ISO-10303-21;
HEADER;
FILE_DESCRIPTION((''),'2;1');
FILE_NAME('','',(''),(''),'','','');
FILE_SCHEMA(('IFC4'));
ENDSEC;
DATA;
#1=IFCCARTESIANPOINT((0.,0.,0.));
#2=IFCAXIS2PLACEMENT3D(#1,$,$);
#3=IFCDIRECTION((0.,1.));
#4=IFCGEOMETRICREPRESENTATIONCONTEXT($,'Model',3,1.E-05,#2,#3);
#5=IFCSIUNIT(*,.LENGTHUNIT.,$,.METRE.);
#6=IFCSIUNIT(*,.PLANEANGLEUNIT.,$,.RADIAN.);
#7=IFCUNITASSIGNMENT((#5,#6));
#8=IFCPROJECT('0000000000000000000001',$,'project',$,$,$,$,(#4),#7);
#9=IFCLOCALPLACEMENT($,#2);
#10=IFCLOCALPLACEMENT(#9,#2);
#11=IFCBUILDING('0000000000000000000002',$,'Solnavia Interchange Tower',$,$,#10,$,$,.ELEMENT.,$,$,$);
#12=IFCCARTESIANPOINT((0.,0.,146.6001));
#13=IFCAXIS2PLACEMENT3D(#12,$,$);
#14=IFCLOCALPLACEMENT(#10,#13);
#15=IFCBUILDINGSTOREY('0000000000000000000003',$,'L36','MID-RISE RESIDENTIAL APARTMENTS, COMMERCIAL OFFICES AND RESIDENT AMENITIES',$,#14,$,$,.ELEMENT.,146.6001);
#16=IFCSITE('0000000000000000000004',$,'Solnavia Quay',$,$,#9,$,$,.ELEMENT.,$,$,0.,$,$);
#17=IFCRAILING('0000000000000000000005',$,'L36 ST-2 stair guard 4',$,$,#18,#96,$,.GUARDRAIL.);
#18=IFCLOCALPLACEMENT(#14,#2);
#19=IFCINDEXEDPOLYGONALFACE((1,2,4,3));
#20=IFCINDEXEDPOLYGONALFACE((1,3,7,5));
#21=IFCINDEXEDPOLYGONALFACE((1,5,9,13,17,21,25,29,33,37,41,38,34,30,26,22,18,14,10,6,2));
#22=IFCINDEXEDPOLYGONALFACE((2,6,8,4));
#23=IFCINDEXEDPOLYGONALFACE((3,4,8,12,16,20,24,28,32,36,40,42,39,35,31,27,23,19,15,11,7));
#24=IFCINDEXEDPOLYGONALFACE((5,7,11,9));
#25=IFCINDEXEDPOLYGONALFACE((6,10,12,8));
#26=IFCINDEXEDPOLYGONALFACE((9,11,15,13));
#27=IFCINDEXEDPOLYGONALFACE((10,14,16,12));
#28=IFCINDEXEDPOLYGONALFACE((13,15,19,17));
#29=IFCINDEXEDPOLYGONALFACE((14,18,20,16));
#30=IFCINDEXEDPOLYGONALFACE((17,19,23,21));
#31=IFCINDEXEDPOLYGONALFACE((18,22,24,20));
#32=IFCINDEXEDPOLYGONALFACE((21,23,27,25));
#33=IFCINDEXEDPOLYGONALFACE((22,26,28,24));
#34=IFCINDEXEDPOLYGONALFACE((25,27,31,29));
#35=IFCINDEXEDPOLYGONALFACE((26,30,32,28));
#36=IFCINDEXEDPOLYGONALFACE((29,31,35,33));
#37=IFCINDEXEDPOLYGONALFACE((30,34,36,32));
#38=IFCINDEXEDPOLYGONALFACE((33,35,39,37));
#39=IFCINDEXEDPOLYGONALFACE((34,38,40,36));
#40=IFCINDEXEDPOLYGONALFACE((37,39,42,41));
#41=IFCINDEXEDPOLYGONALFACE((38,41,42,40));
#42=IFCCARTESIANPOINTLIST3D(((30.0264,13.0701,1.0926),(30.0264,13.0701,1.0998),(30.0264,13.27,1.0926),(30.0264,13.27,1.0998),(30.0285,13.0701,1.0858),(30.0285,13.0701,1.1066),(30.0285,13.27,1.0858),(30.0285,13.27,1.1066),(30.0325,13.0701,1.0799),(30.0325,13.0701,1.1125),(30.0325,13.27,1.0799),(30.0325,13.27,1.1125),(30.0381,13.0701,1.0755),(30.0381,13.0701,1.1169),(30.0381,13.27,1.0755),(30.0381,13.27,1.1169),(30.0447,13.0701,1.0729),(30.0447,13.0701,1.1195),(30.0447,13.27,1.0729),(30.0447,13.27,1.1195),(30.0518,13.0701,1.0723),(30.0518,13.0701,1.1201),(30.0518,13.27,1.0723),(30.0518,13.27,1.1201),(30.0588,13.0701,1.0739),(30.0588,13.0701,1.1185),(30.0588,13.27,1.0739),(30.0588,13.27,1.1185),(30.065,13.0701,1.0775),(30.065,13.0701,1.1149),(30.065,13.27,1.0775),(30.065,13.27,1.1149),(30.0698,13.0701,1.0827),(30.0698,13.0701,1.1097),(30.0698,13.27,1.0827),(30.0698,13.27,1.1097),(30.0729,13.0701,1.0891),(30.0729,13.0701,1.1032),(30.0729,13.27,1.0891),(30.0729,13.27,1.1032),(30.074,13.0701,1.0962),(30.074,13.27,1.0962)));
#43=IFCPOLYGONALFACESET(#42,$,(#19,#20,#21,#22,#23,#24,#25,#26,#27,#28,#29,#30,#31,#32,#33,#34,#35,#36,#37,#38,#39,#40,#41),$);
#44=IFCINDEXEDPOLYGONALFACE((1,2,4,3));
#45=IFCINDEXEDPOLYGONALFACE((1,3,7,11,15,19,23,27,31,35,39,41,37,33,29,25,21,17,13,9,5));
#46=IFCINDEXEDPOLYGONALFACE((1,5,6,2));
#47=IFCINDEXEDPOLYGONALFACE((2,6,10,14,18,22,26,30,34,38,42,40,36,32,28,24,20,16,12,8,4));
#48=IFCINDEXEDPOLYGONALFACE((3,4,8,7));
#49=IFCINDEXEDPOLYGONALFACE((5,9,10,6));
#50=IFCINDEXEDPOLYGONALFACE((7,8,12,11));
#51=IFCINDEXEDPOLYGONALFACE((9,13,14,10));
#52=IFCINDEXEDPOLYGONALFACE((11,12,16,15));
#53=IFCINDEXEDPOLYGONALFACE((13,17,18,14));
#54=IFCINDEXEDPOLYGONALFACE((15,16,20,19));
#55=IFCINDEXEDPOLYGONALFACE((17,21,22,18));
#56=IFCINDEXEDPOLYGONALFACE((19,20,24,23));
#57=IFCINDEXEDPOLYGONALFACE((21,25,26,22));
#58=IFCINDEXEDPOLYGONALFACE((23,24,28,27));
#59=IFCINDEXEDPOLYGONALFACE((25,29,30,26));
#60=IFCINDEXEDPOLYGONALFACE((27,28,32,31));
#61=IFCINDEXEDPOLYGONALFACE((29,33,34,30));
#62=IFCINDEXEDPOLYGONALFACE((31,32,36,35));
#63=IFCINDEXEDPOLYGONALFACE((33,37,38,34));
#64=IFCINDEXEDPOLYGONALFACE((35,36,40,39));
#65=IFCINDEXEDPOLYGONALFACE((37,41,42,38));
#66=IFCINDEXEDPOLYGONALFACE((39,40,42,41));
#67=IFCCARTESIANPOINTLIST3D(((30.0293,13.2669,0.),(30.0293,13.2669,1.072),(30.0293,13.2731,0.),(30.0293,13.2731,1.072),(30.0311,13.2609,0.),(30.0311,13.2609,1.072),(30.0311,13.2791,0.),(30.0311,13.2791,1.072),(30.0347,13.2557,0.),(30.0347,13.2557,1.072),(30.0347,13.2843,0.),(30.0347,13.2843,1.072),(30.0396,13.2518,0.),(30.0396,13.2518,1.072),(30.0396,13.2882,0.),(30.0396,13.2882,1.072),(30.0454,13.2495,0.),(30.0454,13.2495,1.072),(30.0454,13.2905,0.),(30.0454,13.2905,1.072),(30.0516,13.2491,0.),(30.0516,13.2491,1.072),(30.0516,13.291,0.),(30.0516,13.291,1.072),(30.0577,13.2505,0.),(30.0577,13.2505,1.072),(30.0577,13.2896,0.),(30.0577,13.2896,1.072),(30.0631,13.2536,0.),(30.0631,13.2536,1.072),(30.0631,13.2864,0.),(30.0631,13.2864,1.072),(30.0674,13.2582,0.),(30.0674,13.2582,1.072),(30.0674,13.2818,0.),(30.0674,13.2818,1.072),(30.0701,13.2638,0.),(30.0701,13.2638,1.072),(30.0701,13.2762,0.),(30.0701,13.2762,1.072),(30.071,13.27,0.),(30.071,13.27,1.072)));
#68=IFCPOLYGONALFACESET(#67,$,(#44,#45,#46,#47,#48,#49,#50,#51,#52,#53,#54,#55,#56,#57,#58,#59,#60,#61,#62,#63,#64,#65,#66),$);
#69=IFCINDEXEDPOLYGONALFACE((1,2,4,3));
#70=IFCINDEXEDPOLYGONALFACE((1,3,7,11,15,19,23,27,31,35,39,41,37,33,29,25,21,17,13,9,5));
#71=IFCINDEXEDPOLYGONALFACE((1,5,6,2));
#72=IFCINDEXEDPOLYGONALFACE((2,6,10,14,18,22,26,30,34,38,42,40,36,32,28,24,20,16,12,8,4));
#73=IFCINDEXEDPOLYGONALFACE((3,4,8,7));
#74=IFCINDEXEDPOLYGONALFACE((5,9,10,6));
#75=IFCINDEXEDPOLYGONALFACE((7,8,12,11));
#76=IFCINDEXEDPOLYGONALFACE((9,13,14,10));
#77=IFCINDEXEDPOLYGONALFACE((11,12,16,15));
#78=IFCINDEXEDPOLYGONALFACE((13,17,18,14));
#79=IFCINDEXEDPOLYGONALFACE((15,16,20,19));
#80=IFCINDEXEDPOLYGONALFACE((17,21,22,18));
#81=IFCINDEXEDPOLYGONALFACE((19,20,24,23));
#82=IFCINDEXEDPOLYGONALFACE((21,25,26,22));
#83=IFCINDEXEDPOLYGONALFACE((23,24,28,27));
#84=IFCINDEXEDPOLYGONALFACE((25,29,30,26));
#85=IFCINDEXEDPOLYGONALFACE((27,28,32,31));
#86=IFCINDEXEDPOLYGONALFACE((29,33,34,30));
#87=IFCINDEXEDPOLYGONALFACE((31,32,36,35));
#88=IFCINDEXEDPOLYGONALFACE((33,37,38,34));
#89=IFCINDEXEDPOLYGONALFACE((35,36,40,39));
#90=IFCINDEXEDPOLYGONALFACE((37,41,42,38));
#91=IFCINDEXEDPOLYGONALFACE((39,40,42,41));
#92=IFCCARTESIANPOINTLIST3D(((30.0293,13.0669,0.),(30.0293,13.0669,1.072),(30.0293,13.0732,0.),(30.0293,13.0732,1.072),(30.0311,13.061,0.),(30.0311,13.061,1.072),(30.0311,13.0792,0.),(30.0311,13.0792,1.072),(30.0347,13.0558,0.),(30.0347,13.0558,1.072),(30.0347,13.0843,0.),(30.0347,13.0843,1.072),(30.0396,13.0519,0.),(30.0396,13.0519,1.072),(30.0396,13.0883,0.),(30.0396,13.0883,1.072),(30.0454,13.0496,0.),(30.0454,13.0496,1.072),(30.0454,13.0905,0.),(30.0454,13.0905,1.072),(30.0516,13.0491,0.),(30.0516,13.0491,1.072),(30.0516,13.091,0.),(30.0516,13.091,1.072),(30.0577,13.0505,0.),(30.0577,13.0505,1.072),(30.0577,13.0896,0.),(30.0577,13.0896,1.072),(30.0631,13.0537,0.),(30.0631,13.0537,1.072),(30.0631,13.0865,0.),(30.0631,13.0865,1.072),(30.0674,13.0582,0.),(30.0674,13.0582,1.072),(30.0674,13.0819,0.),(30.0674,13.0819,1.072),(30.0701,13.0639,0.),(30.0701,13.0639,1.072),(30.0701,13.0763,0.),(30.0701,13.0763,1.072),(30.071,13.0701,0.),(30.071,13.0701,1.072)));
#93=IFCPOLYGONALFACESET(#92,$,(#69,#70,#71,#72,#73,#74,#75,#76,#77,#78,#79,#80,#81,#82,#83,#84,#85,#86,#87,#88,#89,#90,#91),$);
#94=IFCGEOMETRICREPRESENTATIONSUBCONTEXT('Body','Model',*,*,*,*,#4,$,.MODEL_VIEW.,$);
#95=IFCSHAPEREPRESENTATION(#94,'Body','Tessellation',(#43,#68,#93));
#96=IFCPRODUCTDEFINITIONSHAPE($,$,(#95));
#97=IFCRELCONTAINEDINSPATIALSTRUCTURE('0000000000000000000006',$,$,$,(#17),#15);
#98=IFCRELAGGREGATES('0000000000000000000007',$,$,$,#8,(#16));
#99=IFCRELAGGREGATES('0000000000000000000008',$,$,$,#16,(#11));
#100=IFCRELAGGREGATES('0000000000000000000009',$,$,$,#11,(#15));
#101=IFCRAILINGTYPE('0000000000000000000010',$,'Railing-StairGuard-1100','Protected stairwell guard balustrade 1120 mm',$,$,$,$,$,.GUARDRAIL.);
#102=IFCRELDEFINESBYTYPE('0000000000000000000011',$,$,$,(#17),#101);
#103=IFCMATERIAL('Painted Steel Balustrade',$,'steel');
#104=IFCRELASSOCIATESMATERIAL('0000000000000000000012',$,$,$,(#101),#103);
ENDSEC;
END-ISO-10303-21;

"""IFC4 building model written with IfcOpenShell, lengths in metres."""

from ifc_helpers import new_model, si_unit, direction, frame, origin, origin_2d, place, context, subcontext, project, spatial, circle, extrude, material, type_object, element, save


model = new_model("IFC4")

# Units and contexts
model_context = context("Model", 3, precision=1e-05, world=origin(), true_north=direction((0.0, 1.0)))
body_context = subcontext(model_context, "Body", "Model", "MODEL_VIEW")
ifc_project = project(units=[si_unit("LENGTHUNIT", "METRE"), si_unit("PLANEANGLEUNIT", "RADIAN")], contexts=[model_context])

# Site, building, storey
site_placement = place(None, origin())
site = spatial("IfcSite", under=ifc_project, at=site_placement, Name="Solnavia Quay", CompositionType="ELEMENT", RefElevation=0.0)
building_placement = place(site_placement, origin())
building = spatial("IfcBuilding", under=site, at=building_placement, Name="Solnavia Interchange Tower", CompositionType="ELEMENT")
storey_placement = place(building_placement, frame((0.0, 0.0, 146.6001)))
storey = spatial("IfcBuildingStorey", under=building, at=storey_placement, Name="L36", Description="MID-RISE RESIDENTIAL APARTMENTS, COMMERCIAL OFFICES AND RESIDENT AMENITIES", CompositionType="ELEMENT", Elevation=146.6001)

# Railing
ifc_material_1 = material(Name="Painted Steel Balustrade", Category="steel")
railing_type_1 = type_object("IfcRailingType", Name="Railing-StairGuard-1100", Description="Protected stairwell guard balustrade 1120 mm", PredefinedType="GUARDRAIL", material=ifc_material_1)
railing_1_placement = place(storey_placement, frame((30.05, 13.27, 0.0)))
element("IfcRailing", 1, at=railing_1_placement, inside=storey, type_object=railing_type_1, Name="L36 ST-2 stair guard 4", PredefinedType="GUARDRAIL", context=body_context, shape_type="SweptSolid", body=[
    extrude(circle(Radius=0.0239, at=origin_2d()), frame((0.0, 0.0, 1.0962), z_axis=(0.0, -1.0, 0.0), x_axis=(1.0, 0.0, 0.0)), (0.0, 0.0, 1.0), 0.2),
    extrude(circle(Radius=0.021, at=origin_2d()), origin(), (0.0, 0.0, 1.0), 1.072),
    extrude(circle(Radius=0.021, at=origin_2d()), frame((0.0, -0.2, 0.0)), (0.0, 0.0, 1.0), 1.072),
])

save(model, "model.ifc")
